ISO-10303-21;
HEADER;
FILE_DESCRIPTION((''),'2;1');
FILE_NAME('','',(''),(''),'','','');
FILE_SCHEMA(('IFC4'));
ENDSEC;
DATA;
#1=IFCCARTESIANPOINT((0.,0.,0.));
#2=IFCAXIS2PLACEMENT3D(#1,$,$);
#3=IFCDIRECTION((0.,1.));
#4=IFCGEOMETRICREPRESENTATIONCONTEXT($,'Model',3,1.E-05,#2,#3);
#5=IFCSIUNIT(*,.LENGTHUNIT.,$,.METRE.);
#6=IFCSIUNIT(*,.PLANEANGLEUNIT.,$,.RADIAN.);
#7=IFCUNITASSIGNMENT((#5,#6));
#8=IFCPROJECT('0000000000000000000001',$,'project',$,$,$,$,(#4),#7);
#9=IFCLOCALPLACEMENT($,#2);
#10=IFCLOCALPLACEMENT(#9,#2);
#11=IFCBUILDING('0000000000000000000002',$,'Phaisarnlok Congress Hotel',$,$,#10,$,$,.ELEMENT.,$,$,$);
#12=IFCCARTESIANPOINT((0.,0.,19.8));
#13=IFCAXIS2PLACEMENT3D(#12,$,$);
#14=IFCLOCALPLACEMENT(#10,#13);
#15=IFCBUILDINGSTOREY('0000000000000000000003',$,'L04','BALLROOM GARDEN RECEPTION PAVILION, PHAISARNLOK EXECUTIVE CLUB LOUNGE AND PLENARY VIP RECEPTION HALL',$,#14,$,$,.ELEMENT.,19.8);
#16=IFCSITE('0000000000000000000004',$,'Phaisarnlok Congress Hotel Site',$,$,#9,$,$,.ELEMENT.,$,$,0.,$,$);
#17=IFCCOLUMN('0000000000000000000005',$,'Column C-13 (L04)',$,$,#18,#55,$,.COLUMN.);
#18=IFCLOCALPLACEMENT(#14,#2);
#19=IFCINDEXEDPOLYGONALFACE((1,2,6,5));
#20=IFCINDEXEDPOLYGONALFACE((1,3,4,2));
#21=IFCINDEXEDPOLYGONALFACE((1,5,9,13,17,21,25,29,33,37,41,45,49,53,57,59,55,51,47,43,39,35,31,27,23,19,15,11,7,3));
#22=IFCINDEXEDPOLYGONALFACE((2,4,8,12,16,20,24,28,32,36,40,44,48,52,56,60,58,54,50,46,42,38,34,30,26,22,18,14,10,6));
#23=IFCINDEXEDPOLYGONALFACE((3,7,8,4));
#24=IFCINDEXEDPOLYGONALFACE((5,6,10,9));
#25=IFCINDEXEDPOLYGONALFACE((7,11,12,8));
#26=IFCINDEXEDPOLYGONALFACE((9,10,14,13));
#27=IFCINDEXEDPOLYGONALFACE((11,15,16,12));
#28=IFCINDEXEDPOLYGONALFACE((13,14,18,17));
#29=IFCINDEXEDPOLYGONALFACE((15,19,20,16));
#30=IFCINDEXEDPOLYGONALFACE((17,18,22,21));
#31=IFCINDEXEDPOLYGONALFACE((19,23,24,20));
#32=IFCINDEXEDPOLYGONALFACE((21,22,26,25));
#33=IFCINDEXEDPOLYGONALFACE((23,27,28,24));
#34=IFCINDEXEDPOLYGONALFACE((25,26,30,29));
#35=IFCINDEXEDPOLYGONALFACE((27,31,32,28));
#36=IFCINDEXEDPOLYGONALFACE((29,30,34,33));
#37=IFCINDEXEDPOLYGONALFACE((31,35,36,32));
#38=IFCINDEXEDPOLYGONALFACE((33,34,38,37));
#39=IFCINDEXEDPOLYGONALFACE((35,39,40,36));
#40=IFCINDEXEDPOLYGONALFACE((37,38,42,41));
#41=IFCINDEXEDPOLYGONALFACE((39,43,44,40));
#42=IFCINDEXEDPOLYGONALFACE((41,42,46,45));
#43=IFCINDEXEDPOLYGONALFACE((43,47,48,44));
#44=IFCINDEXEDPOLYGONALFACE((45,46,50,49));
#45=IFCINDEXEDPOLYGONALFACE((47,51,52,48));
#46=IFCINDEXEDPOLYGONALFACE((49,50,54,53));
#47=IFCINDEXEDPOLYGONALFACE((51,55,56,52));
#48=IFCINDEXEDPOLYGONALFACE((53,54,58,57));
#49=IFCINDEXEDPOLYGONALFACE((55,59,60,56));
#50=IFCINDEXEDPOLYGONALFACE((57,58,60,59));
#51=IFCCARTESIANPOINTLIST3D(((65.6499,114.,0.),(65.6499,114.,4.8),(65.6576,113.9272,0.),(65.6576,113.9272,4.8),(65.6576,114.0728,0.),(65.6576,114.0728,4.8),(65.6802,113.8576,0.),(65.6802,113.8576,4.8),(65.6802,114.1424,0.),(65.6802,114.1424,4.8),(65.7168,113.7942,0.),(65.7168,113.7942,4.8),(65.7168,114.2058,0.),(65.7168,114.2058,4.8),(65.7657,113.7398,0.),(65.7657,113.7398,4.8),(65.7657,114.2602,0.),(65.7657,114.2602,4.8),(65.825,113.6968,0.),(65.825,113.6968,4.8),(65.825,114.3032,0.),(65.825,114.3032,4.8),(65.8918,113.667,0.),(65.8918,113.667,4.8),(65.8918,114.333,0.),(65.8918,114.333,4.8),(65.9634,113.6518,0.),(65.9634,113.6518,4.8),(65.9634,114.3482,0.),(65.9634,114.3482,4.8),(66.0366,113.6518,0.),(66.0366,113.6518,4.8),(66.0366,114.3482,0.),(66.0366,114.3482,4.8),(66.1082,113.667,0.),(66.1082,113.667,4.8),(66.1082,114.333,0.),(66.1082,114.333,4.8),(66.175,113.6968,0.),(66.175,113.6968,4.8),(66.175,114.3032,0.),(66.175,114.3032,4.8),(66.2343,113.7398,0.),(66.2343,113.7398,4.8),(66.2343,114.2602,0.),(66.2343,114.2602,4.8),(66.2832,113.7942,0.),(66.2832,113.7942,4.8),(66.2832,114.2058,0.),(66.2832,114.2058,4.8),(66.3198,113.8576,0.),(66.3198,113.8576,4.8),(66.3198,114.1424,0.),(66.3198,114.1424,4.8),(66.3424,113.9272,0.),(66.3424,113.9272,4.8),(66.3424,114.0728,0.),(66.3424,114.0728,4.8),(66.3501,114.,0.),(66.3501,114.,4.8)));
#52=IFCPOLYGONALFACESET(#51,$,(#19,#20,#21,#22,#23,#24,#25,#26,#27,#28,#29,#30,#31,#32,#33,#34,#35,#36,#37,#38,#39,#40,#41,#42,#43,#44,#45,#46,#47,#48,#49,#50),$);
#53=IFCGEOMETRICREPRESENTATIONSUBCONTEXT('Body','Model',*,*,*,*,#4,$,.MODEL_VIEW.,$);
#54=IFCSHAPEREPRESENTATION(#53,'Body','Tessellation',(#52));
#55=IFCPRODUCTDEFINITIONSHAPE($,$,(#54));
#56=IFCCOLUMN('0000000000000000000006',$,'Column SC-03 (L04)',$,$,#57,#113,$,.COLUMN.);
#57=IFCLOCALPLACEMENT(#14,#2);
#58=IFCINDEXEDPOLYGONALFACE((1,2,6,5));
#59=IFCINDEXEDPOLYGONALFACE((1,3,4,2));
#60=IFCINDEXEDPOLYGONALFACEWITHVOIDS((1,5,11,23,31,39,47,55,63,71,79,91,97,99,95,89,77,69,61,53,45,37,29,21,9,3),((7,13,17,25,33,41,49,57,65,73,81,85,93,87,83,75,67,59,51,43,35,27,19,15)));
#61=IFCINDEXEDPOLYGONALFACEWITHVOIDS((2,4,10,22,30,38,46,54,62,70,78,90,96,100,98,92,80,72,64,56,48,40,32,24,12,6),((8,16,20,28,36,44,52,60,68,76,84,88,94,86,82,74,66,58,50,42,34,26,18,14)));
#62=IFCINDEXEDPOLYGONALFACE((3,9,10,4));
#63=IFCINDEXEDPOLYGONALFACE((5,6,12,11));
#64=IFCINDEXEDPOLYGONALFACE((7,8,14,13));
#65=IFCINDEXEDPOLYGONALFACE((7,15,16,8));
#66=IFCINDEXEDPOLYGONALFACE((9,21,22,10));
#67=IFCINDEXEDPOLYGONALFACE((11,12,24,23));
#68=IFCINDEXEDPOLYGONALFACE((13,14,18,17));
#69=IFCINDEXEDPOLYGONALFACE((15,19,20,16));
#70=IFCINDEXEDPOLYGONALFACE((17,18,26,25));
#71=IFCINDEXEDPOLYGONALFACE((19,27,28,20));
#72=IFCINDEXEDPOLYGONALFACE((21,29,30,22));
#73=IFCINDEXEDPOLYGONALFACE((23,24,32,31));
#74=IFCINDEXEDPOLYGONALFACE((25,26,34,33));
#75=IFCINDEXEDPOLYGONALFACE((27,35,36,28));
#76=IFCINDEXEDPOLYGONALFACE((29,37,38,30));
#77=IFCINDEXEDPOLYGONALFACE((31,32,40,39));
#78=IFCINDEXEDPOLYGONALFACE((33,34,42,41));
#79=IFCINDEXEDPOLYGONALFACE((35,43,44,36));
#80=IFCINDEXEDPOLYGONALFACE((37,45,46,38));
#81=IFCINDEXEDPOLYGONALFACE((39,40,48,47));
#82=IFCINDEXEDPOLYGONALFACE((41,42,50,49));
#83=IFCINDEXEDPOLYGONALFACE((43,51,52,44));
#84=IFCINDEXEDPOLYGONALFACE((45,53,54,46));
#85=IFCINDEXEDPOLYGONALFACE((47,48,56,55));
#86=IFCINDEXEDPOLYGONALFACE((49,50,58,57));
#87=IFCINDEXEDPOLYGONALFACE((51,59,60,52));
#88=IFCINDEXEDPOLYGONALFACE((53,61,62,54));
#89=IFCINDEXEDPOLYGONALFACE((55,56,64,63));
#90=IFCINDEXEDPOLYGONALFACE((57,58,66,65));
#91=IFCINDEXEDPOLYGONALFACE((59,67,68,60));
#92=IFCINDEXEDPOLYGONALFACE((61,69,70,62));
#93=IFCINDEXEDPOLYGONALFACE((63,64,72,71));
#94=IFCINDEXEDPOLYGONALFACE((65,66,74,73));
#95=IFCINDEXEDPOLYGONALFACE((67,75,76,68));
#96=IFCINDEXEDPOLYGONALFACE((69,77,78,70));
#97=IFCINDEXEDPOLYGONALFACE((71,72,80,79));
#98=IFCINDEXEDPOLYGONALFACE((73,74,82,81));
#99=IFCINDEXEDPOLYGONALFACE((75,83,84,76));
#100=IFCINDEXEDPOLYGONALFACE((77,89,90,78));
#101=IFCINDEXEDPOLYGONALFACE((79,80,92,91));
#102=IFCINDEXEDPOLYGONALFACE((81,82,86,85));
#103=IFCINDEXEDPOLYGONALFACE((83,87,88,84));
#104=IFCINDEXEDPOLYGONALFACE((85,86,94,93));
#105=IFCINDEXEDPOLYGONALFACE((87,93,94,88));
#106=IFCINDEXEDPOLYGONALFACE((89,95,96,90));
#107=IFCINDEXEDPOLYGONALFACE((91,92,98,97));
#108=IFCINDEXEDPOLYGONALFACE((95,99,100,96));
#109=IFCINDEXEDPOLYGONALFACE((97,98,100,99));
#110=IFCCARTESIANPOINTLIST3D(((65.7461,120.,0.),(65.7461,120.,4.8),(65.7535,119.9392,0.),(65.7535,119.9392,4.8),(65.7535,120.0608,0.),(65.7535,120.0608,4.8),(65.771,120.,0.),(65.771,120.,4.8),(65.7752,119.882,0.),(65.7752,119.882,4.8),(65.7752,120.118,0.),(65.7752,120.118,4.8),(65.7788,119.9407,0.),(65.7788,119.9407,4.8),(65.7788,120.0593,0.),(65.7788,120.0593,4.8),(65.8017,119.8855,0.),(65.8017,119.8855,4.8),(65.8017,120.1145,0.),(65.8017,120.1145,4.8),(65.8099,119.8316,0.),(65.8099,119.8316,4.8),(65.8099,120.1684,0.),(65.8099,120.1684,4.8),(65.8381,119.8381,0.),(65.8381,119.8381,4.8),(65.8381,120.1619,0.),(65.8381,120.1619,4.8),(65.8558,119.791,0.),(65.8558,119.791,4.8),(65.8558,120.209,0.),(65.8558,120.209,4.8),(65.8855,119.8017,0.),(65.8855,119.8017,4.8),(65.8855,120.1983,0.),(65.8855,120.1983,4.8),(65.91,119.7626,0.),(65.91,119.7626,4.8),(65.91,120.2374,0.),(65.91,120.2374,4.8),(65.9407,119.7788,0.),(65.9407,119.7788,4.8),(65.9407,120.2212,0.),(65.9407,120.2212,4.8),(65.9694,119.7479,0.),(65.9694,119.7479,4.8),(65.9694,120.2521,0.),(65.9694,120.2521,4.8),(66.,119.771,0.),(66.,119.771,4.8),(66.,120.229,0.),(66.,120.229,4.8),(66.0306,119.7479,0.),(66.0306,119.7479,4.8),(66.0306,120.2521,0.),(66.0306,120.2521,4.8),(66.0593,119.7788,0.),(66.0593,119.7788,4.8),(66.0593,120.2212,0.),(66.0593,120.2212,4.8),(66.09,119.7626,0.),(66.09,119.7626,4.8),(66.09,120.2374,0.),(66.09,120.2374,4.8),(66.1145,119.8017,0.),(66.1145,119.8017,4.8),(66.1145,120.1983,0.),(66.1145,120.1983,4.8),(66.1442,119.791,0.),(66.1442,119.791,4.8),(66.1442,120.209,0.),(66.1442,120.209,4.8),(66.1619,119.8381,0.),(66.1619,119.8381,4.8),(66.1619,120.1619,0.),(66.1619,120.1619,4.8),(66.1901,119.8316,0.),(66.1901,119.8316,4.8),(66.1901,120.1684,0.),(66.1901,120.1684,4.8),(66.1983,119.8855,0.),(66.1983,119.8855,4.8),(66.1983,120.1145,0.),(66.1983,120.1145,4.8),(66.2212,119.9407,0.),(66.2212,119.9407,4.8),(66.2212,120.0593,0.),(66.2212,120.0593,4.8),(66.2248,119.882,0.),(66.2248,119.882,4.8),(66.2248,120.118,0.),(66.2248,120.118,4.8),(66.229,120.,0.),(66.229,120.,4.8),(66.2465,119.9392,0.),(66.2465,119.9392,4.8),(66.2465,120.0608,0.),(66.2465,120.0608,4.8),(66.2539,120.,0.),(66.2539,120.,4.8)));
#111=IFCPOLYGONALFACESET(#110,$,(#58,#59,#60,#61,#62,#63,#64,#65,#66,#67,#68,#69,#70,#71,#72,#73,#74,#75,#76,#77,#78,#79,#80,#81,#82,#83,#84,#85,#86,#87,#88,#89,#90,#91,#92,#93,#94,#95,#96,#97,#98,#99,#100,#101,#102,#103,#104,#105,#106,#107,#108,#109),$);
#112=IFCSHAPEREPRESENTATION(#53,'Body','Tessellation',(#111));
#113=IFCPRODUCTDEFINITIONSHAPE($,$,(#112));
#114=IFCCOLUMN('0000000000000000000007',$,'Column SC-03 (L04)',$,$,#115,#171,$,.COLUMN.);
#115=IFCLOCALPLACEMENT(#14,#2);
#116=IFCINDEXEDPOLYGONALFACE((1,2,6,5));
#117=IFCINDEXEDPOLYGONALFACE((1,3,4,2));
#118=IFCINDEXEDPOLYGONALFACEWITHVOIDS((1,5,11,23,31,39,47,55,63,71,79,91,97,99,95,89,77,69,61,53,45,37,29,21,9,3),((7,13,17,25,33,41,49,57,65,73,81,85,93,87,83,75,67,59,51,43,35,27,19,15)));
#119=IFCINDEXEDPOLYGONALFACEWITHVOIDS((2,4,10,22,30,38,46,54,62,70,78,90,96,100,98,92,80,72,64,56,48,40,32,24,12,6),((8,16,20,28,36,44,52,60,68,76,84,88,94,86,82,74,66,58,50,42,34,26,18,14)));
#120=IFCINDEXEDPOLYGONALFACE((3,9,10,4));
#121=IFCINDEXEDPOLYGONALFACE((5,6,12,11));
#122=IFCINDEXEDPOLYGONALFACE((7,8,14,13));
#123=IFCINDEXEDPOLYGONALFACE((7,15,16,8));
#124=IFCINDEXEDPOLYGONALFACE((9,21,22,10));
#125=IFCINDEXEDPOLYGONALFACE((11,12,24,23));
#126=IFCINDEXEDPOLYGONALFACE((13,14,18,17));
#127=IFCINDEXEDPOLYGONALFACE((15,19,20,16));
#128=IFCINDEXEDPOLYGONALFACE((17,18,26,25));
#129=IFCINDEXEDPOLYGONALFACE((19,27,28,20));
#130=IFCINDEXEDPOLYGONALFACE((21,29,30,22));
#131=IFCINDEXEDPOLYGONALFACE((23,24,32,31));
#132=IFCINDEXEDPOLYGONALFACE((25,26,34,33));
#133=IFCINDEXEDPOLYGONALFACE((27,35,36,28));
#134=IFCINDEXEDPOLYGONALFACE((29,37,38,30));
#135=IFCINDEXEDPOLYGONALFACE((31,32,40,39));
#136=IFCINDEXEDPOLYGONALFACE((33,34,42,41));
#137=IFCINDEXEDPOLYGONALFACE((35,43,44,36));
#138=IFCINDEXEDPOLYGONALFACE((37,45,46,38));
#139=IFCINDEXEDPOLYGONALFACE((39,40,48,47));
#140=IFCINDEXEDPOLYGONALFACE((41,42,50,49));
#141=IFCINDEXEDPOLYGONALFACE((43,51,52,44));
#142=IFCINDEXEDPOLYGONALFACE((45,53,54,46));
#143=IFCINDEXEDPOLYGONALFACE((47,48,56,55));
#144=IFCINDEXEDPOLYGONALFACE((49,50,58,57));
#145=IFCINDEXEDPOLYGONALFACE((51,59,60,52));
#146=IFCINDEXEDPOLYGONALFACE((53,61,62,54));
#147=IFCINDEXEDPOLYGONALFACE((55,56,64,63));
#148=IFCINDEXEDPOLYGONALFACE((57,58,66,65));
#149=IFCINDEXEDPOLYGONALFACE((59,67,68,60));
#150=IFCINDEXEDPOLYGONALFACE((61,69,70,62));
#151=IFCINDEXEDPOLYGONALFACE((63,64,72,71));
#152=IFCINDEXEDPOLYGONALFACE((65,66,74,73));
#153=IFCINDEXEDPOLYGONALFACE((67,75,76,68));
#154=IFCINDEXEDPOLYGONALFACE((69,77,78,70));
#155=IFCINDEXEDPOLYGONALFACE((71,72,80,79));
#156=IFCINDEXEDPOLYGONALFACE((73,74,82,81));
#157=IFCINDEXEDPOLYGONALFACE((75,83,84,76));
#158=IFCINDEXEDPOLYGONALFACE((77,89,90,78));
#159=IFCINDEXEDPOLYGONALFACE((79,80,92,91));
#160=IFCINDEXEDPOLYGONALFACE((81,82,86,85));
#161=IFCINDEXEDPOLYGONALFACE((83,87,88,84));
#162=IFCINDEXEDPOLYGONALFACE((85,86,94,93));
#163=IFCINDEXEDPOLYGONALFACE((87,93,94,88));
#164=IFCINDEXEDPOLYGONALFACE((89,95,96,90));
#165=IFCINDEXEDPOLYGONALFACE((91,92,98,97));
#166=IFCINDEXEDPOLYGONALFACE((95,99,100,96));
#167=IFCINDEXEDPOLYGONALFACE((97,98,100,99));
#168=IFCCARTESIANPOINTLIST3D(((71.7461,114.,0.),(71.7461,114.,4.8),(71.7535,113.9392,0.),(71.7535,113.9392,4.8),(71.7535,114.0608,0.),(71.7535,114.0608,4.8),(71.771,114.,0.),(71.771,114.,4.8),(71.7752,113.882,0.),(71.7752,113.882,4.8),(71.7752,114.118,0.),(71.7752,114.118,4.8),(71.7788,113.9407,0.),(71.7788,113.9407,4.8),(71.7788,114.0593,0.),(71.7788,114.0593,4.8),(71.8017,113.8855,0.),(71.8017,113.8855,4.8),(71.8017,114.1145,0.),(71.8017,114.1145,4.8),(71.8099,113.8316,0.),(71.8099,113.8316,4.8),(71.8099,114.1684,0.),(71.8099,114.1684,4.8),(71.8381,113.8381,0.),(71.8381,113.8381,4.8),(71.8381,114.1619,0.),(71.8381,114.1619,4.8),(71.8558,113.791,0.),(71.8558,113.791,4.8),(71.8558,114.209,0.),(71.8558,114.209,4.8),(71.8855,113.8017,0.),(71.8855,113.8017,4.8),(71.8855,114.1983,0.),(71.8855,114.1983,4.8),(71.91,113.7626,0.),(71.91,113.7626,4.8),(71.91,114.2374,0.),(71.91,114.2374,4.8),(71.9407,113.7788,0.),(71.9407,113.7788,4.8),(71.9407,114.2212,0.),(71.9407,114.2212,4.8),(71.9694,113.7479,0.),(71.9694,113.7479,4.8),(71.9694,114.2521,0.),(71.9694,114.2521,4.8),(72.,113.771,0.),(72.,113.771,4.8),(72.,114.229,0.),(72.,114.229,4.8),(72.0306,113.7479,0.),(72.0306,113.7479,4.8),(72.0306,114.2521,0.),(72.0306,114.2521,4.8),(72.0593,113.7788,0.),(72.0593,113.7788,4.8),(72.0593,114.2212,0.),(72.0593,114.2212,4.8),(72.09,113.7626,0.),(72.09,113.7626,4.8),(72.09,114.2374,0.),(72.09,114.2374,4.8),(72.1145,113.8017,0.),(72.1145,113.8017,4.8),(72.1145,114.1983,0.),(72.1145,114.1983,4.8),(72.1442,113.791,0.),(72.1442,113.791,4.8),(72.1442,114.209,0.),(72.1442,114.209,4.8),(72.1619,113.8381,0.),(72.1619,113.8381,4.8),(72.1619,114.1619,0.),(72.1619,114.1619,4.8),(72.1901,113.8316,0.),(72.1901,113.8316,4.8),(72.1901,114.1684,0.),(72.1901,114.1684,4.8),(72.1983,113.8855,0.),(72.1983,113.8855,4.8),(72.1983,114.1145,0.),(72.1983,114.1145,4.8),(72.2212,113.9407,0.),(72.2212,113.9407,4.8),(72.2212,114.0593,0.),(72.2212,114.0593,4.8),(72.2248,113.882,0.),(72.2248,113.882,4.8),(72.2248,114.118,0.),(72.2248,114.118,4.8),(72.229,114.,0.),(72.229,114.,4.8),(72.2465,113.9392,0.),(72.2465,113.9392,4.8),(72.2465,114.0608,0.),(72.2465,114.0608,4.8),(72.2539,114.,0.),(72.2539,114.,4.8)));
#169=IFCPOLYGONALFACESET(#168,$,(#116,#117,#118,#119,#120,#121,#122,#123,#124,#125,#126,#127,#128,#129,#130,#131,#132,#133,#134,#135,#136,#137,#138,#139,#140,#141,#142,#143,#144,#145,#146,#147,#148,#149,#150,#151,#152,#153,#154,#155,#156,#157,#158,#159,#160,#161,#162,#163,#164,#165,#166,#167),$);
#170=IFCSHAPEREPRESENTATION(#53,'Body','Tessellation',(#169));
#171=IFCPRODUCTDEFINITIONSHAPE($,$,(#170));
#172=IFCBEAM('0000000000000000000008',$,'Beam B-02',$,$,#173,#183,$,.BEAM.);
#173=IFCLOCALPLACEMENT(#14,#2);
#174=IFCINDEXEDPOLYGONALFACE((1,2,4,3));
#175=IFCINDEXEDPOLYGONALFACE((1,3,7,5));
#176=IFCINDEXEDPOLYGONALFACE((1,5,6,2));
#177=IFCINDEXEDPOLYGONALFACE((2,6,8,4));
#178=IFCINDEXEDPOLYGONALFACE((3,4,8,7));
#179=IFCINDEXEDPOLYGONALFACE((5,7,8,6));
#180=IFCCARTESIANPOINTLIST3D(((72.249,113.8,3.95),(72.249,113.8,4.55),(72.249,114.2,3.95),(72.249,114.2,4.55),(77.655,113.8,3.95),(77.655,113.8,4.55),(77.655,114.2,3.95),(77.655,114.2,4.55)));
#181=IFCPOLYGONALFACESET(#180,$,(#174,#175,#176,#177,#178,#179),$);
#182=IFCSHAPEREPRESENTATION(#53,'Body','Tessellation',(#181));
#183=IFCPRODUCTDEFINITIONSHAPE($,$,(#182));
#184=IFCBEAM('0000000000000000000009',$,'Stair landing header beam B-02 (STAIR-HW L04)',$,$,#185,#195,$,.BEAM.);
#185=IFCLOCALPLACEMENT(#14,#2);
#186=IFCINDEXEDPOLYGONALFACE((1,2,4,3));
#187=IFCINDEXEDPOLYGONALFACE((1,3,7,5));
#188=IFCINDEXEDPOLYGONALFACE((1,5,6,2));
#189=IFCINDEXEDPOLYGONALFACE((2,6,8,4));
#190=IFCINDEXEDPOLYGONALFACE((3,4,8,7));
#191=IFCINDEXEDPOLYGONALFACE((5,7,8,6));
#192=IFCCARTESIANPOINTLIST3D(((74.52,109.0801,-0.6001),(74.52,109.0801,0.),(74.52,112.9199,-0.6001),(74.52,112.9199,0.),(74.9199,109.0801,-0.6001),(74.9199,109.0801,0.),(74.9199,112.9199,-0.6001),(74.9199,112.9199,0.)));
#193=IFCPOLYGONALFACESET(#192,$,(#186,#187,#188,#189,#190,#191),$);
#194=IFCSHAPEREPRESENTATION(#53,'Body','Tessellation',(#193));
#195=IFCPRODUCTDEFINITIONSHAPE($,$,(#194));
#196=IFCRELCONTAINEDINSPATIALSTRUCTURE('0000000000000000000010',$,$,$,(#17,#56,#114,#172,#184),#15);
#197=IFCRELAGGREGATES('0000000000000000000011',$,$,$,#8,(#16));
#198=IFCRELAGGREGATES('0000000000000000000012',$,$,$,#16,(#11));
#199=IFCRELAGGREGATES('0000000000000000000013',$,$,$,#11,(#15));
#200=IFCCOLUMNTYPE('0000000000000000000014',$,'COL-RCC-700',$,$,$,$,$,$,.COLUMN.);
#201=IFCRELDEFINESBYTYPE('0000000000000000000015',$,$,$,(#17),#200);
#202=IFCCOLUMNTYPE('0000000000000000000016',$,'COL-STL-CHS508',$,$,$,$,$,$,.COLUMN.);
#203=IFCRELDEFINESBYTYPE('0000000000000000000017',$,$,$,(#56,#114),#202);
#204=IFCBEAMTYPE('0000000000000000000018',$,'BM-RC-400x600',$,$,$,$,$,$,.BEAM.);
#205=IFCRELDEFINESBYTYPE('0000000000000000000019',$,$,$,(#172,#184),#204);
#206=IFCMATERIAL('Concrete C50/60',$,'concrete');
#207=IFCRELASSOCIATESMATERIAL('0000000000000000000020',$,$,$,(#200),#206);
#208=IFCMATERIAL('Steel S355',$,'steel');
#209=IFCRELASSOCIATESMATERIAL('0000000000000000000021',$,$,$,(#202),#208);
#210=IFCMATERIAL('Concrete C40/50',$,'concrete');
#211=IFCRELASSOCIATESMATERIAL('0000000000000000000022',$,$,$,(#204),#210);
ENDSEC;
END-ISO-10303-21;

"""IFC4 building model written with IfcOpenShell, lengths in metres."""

from ifc_helpers import new_model, si_unit, direction, frame, origin, origin_2d, place, context, subcontext, project, spatial, rectangle, circle, hollow_circle, extrude, material, material_profile, profile_set, type_object, element, save


model = new_model("IFC4")

# Units and contexts
model_context = context("Model", 3, precision=1e-05, world=origin(), true_north=direction((0.0, 1.0)))
body_context = subcontext(model_context, "Body", "Model", "MODEL_VIEW")
ifc_project = project(units=[si_unit("LENGTHUNIT", "METRE"), si_unit("PLANEANGLEUNIT", "RADIAN")], contexts=[model_context])

# Site, building, storey
site_placement = place(None, origin())
site = spatial("IfcSite", under=ifc_project, at=site_placement, Name="Phaisarnlok Congress Hotel Site", CompositionType="ELEMENT", RefElevation=0.0)
building_placement = place(site_placement, origin())
building = spatial("IfcBuilding", under=site, at=building_placement, Name="Phaisarnlok Congress Hotel", CompositionType="ELEMENT")
storey_placement = place(building_placement, frame((0.0, 0.0, 19.8)))
storey = spatial("IfcBuildingStorey", under=building, at=storey_placement, Name="L04", Description="BALLROOM GARDEN RECEPTION PAVILION, PHAISARNLOK EXECUTIVE CLUB LOUNGE AND PLENARY VIP RECEPTION HALL", CompositionType="ELEMENT", Elevation=19.8)

# Columns
ifc_material_1 = material(Name="Concrete C50/60", Category="concrete")
ifc_material_profile_1 = material_profile(ifc_material_1, circle(Radius=0.3501, at=origin_2d()), Name="RCC D700")
ifc_profile_set_1 = profile_set([ifc_material_profile_1], Name="Concrete C50/60")
column_type_1 = type_object("IfcColumnType", Name="COL-RCC-700", PredefinedType="COLUMN", material=ifc_profile_set_1)
column_placement = place(storey_placement, frame((66.0, 114.0, 0.0), z_axis=(0.0, 0.0, 1.0), x_axis=(1.0, 0.0, 0.0)))
element("IfcColumn", 1, at=column_placement, inside=storey, type_object=column_type_1, Name="Column C-13 (L04)", PredefinedType="COLUMN", context=body_context, shape_type="SweptSolid", body=[
    extrude(circle(Radius=0.3501, at=origin_2d()), origin(), (0.0, 0.0, 1.0), 4.8),
])
ifc_material_2 = material(Name="Steel S355", Category="steel")
ifc_material_profile_2 = material_profile(ifc_material_2, hollow_circle(Radius=0.2539, WallThickness=0.0249, at=origin_2d()), Name="CHS 508x25")
ifc_profile_set_2 = profile_set([ifc_material_profile_2], Name="Steel S355")
column_type_2 = type_object("IfcColumnType", Name="COL-STL-CHS508", PredefinedType="COLUMN", material=ifc_profile_set_2)
for number, where, z_axis, x_axis, name in (
    (2, (66.0, 120.0, 0.0), (0.0, 0.0, 1.0), (1.0, 0.0, 0.0), "Column SC-03 (L04)"),
    (3, (72.0, 114.0, 0.0), (0.0, 0.0, 1.0), (1.0, 0.0, 0.0), "Column SC-03 (L04)"),
):
    element("IfcColumn", number, at=place(storey_placement, frame(where, z_axis=z_axis, x_axis=x_axis)), inside=storey, type_object=column_type_2, Name=name, PredefinedType="COLUMN", context=body_context, shape_type="SweptSolid", body=[
        extrude(hollow_circle(Radius=0.2539, WallThickness=0.0249, at=origin_2d()), origin(), (0.0, 0.0, 1.0), 4.8),
    ])

# Beams
ifc_material_3 = material(Name="Concrete C40/50", Category="concrete")
ifc_material_profile_3 = material_profile(ifc_material_3, rectangle(XDim=0.3999, YDim=0.6001, at=origin_2d()), Name="RC 400x600")
ifc_profile_set_3 = profile_set([ifc_material_profile_3], Name="Concrete C40/50")
beam_type_1 = type_object("IfcBeamType", Name="BM-RC-400x600", PredefinedType="BEAM", material=ifc_profile_set_3)
beam_1_placement = place(storey_placement, frame((72.249, 114.0, 4.25), z_axis=(1.0, 0.0, 0.0), x_axis=(0.0, 1.0, 0.0)))
element("IfcBeam", 4, at=beam_1_placement, inside=storey, type_object=beam_type_1, Name="Beam B-02", PredefinedType="BEAM", context=body_context, shape_type="SweptSolid", body=[
    extrude(rectangle(XDim=0.3999, YDim=0.6001, at=origin_2d()), origin(), (0.0, 0.0, 1.0), 5.406),
])
beam_2_placement = place(storey_placement, frame((74.72, 109.0801, -0.3), z_axis=(0.0, 1.0, 0.0), x_axis=(-1.0, 0.0, 0.0)))
element("IfcBeam", 5, at=beam_2_placement, inside=storey, type_object=beam_type_1, Name="Stair landing header beam B-02 (STAIR-HW L04)", PredefinedType="BEAM", context=body_context, shape_type="SweptSolid", body=[
    extrude(rectangle(XDim=0.3999, YDim=0.6001, at=origin_2d()), origin(), (0.0, 0.0, 1.0), 3.8398),
])

save(model, "model.ifc")
